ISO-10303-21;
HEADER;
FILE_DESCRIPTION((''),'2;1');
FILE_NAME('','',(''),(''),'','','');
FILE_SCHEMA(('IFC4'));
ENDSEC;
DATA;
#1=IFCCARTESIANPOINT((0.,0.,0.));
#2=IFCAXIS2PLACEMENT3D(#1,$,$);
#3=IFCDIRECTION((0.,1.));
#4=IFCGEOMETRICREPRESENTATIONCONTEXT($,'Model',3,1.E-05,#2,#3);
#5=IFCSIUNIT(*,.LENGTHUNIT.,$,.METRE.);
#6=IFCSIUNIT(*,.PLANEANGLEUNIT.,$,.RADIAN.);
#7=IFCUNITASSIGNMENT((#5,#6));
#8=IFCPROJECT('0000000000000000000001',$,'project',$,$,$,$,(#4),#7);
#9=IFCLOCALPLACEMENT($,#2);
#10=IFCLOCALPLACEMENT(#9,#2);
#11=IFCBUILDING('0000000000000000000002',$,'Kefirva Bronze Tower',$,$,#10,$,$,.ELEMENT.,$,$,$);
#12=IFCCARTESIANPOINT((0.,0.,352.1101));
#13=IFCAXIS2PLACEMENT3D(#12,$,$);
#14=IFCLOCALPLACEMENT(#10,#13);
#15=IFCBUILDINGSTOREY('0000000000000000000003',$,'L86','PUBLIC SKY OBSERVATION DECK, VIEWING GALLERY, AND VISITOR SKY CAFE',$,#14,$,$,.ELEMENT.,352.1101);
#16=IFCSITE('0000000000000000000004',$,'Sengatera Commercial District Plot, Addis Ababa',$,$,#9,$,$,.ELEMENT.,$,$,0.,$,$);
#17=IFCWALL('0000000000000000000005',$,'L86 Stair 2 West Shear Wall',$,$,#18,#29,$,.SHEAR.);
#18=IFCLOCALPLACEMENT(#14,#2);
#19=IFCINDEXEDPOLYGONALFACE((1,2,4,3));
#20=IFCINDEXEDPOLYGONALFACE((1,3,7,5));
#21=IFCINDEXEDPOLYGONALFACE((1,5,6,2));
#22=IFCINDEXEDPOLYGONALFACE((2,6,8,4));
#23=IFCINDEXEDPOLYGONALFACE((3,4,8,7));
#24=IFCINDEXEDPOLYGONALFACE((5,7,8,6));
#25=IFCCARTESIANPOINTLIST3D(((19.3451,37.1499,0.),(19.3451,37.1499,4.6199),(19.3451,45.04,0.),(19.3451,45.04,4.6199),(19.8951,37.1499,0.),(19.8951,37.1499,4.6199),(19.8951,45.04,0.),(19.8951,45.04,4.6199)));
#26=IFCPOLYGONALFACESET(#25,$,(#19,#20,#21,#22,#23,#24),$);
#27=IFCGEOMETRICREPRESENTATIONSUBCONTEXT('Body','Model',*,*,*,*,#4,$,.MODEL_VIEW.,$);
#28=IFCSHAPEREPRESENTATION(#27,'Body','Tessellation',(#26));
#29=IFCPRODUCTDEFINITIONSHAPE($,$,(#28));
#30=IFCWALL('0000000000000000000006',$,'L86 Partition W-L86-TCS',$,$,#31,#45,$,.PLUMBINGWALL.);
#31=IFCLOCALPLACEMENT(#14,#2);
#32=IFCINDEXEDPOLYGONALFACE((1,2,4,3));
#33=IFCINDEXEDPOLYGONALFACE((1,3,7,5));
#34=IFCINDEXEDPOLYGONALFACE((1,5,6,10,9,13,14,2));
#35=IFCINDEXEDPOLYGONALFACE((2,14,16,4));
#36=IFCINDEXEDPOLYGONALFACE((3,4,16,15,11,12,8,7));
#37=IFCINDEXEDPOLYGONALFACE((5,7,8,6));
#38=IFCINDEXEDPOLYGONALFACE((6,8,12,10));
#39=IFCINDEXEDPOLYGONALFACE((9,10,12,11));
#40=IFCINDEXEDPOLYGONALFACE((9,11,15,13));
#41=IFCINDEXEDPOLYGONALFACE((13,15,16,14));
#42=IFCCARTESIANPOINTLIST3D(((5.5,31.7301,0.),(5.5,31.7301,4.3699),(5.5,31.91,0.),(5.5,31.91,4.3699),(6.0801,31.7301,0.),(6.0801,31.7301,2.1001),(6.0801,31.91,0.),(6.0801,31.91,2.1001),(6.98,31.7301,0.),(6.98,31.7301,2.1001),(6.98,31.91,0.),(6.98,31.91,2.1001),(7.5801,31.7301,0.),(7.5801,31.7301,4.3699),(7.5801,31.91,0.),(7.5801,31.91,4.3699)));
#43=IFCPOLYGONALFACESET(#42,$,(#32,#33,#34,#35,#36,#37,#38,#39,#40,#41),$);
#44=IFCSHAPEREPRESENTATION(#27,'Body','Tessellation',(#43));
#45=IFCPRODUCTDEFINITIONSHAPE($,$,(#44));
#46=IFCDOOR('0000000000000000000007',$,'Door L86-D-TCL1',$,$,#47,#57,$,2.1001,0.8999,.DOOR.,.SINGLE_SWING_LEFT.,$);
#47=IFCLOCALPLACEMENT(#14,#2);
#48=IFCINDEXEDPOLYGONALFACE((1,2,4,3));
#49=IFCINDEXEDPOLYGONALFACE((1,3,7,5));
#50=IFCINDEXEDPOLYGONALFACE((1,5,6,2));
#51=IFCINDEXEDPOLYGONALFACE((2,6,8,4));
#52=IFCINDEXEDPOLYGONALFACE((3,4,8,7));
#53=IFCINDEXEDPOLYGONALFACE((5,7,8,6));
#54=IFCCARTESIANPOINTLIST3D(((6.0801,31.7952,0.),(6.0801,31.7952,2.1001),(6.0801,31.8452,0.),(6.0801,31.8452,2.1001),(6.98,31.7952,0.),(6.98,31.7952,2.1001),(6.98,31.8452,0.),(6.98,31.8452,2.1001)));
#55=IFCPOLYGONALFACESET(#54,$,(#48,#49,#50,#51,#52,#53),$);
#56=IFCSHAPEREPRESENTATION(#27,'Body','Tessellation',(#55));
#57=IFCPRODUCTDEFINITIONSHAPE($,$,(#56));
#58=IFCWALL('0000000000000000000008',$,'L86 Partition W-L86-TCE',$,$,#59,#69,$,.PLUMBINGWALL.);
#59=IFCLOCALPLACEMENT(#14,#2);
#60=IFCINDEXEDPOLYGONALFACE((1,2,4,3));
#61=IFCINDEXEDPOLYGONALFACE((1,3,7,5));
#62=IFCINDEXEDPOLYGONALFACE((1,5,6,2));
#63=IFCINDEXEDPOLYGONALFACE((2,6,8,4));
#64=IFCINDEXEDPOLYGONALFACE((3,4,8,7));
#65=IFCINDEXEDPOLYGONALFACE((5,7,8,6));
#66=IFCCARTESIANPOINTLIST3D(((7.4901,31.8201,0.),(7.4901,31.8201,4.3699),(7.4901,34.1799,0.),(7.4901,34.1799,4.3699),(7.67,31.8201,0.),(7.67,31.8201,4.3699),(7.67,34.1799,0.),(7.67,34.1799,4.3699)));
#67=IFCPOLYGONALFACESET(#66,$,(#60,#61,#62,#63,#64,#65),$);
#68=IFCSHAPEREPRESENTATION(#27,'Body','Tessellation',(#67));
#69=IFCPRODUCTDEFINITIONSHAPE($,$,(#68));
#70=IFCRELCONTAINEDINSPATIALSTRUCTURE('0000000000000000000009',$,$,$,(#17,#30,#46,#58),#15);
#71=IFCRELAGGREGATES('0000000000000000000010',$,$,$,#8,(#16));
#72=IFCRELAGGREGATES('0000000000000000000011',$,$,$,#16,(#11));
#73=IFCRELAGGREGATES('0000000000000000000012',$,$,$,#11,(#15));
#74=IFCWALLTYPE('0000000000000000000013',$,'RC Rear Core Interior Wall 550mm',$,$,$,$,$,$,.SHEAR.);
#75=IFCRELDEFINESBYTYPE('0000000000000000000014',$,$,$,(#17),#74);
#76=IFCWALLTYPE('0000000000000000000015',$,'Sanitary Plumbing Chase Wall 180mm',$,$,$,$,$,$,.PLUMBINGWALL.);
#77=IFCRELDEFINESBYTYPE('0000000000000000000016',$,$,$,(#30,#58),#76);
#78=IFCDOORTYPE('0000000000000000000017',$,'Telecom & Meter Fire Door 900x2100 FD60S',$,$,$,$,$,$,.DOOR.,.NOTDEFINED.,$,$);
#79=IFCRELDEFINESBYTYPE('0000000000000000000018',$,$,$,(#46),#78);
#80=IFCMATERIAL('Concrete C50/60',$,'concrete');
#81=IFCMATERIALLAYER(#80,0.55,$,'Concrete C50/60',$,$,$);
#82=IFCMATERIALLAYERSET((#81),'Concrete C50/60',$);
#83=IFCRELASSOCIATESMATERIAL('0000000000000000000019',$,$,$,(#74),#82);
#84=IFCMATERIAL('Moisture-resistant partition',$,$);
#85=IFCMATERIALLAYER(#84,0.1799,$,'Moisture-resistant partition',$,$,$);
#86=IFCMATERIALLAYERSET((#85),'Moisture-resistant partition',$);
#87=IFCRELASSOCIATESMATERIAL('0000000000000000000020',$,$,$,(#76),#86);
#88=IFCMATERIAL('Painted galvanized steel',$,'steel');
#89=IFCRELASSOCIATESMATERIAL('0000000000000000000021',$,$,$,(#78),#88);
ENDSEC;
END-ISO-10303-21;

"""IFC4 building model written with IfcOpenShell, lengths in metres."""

from ifc_helpers import new_model, si_unit, direction, frame, frame_2d, origin, place, context, subcontext, project, spatial, rectangle, extrude, material, layer, layer_set, type_object, element, fill, save


model = new_model("IFC4")

# Units and contexts
model_context = context("Model", 3, precision=1e-05, world=origin(), true_north=direction((0.0, 1.0)))
body_context = subcontext(model_context, "Body", "Model", "MODEL_VIEW")
ifc_project = project(units=[si_unit("LENGTHUNIT", "METRE"), si_unit("PLANEANGLEUNIT", "RADIAN")], contexts=[model_context])

# Site, building, storey
site_placement = place(None, origin())
site = spatial("IfcSite", under=ifc_project, at=site_placement, Name="Sengatera Commercial District Plot, Addis Ababa", CompositionType="ELEMENT", RefElevation=0.0)
building_placement = place(site_placement, origin())
building = spatial("IfcBuilding", under=site, at=building_placement, Name="Kefirva Bronze Tower", CompositionType="ELEMENT")
storey_placement = place(building_placement, frame((0.0, 0.0, 352.1101)))
storey = spatial("IfcBuildingStorey", under=building, at=storey_placement, Name="L86", Description="PUBLIC SKY OBSERVATION DECK, VIEWING GALLERY, AND VISITOR SKY CAFE", CompositionType="ELEMENT", Elevation=352.1101)

# Shared definitions
ifc_material_1 = material(Name="Concrete C50/60", Category="concrete")

# Shared definitions
ifc_material_2 = material(Name="Painted galvanized steel", Category="steel")

# Wall
ifc_layer_1 = layer(ifc_material_1, 0.55, Name="Concrete C50/60")
ifc_layer_set_1 = layer_set([ifc_layer_1], Name="Concrete C50/60")
wall_type_1 = type_object("IfcWallType", Name="RC Rear Core Interior Wall 550mm", PredefinedType="SHEAR", material=ifc_layer_set_1)
wall_1_placement = place(storey_placement, frame((19.6201, 37.1499, 0.0), z_axis=(0.0, 0.0, 1.0), x_axis=(0.0, 1.0, 0.0)))
element("IfcWall", 1, at=wall_1_placement, inside=storey, type_object=wall_type_1, Name="L86 Stair 2 West Shear Wall", PredefinedType="SHEAR", context=body_context, shape_type="SweptSolid", body=[
    extrude(rectangle(XDim=7.8901, YDim=0.55, at=frame_2d((3.9451, 0.0))), origin(), (0.0, 0.0, 1.0), 4.6199),
])

# Wall, opening, door
ifc_material_3 = material(Name="Moisture-resistant partition")
ifc_layer_2 = layer(ifc_material_3, 0.1799, Name="Moisture-resistant partition")
ifc_layer_set_2 = layer_set([ifc_layer_2], Name="Moisture-resistant partition")
wall_type_2 = type_object("IfcWallType", Name="Sanitary Plumbing Chase Wall 180mm", PredefinedType="PLUMBINGWALL", material=ifc_layer_set_2)
wall_2_placement = place(storey_placement, frame((5.5, 31.8201, 0.0), z_axis=(0.0, 0.0, 1.0), x_axis=(1.0, 0.0, 0.0)))
wall_2 = element("IfcWall", 2, at=wall_2_placement, inside=storey, type_object=wall_type_2, Name="L86 Partition W-L86-TCS", PredefinedType="PLUMBINGWALL", context=body_context, shape_type="SweptSolid", body=[
    extrude(rectangle(XDim=2.0801, YDim=0.1799, at=frame_2d((1.04, 0.0))), origin(), (0.0, 0.0, 1.0), 4.3699),
])
opening_1_placement = place(wall_2_placement, frame((1.48, 0.0, 0.0), z_axis=(0.0, 0.0, 1.0), x_axis=(-1.0, 0.0, 0.0)))
opening_1 = element("IfcOpeningElement", 3, at=opening_1_placement, cuts=wall_2, PredefinedType="OPENING", context=body_context, shape_type="SweptSolid", body=[
    extrude(rectangle(XDim=0.8999, YDim=2.1001, at=frame_2d((0.45, 1.05))), frame((0.0, 0.1001, 0.0), z_axis=(0.0, -1.0, 0.0), x_axis=(1.0, 0.0, 0.0)), (0.0, 0.0, 1.0), 0.2),
])
door_type_1 = type_object("IfcDoorType", Name="Telecom & Meter Fire Door 900x2100 FD60S", OperationType="NOTDEFINED", PredefinedType="DOOR", material=ifc_material_2)
door_1_placement = place(opening_1_placement, origin())
door_1 = element("IfcDoor", 4, at=door_1_placement, inside=storey, type_object=door_type_1, Name="Door L86-D-TCL1", OperationType="SINGLE_SWING_LEFT", OverallHeight=2.1001, OverallWidth=0.8999, PredefinedType="DOOR", context=body_context, shape_type="SweptSolid", body=[
    extrude(rectangle(XDim=0.8999, YDim=2.1001, at=frame_2d((0.45, 1.05))), frame((0.0, 0.0249, 0.0), z_axis=(0.0, -1.0, 0.0), x_axis=(1.0, 0.0, 0.0)), (0.0, 0.0, 1.0), 0.05),
])
fill(opening_1, door_1)

# Wall
wall_3_placement = place(storey_placement, frame((7.5801, 31.8201, 0.0), z_axis=(0.0, 0.0, 1.0), x_axis=(0.0, 1.0, 0.0)))
element("IfcWall", 5, at=wall_3_placement, inside=storey, type_object=wall_type_2, Name="L86 Partition W-L86-TCE", PredefinedType="PLUMBINGWALL", context=body_context, shape_type="SweptSolid", body=[
    extrude(rectangle(XDim=2.3599, YDim=0.1799, at=frame_2d((1.1799, 0.0))), origin(), (0.0, 0.0, 1.0), 4.3699),
])

save(model, "model.ifc")
